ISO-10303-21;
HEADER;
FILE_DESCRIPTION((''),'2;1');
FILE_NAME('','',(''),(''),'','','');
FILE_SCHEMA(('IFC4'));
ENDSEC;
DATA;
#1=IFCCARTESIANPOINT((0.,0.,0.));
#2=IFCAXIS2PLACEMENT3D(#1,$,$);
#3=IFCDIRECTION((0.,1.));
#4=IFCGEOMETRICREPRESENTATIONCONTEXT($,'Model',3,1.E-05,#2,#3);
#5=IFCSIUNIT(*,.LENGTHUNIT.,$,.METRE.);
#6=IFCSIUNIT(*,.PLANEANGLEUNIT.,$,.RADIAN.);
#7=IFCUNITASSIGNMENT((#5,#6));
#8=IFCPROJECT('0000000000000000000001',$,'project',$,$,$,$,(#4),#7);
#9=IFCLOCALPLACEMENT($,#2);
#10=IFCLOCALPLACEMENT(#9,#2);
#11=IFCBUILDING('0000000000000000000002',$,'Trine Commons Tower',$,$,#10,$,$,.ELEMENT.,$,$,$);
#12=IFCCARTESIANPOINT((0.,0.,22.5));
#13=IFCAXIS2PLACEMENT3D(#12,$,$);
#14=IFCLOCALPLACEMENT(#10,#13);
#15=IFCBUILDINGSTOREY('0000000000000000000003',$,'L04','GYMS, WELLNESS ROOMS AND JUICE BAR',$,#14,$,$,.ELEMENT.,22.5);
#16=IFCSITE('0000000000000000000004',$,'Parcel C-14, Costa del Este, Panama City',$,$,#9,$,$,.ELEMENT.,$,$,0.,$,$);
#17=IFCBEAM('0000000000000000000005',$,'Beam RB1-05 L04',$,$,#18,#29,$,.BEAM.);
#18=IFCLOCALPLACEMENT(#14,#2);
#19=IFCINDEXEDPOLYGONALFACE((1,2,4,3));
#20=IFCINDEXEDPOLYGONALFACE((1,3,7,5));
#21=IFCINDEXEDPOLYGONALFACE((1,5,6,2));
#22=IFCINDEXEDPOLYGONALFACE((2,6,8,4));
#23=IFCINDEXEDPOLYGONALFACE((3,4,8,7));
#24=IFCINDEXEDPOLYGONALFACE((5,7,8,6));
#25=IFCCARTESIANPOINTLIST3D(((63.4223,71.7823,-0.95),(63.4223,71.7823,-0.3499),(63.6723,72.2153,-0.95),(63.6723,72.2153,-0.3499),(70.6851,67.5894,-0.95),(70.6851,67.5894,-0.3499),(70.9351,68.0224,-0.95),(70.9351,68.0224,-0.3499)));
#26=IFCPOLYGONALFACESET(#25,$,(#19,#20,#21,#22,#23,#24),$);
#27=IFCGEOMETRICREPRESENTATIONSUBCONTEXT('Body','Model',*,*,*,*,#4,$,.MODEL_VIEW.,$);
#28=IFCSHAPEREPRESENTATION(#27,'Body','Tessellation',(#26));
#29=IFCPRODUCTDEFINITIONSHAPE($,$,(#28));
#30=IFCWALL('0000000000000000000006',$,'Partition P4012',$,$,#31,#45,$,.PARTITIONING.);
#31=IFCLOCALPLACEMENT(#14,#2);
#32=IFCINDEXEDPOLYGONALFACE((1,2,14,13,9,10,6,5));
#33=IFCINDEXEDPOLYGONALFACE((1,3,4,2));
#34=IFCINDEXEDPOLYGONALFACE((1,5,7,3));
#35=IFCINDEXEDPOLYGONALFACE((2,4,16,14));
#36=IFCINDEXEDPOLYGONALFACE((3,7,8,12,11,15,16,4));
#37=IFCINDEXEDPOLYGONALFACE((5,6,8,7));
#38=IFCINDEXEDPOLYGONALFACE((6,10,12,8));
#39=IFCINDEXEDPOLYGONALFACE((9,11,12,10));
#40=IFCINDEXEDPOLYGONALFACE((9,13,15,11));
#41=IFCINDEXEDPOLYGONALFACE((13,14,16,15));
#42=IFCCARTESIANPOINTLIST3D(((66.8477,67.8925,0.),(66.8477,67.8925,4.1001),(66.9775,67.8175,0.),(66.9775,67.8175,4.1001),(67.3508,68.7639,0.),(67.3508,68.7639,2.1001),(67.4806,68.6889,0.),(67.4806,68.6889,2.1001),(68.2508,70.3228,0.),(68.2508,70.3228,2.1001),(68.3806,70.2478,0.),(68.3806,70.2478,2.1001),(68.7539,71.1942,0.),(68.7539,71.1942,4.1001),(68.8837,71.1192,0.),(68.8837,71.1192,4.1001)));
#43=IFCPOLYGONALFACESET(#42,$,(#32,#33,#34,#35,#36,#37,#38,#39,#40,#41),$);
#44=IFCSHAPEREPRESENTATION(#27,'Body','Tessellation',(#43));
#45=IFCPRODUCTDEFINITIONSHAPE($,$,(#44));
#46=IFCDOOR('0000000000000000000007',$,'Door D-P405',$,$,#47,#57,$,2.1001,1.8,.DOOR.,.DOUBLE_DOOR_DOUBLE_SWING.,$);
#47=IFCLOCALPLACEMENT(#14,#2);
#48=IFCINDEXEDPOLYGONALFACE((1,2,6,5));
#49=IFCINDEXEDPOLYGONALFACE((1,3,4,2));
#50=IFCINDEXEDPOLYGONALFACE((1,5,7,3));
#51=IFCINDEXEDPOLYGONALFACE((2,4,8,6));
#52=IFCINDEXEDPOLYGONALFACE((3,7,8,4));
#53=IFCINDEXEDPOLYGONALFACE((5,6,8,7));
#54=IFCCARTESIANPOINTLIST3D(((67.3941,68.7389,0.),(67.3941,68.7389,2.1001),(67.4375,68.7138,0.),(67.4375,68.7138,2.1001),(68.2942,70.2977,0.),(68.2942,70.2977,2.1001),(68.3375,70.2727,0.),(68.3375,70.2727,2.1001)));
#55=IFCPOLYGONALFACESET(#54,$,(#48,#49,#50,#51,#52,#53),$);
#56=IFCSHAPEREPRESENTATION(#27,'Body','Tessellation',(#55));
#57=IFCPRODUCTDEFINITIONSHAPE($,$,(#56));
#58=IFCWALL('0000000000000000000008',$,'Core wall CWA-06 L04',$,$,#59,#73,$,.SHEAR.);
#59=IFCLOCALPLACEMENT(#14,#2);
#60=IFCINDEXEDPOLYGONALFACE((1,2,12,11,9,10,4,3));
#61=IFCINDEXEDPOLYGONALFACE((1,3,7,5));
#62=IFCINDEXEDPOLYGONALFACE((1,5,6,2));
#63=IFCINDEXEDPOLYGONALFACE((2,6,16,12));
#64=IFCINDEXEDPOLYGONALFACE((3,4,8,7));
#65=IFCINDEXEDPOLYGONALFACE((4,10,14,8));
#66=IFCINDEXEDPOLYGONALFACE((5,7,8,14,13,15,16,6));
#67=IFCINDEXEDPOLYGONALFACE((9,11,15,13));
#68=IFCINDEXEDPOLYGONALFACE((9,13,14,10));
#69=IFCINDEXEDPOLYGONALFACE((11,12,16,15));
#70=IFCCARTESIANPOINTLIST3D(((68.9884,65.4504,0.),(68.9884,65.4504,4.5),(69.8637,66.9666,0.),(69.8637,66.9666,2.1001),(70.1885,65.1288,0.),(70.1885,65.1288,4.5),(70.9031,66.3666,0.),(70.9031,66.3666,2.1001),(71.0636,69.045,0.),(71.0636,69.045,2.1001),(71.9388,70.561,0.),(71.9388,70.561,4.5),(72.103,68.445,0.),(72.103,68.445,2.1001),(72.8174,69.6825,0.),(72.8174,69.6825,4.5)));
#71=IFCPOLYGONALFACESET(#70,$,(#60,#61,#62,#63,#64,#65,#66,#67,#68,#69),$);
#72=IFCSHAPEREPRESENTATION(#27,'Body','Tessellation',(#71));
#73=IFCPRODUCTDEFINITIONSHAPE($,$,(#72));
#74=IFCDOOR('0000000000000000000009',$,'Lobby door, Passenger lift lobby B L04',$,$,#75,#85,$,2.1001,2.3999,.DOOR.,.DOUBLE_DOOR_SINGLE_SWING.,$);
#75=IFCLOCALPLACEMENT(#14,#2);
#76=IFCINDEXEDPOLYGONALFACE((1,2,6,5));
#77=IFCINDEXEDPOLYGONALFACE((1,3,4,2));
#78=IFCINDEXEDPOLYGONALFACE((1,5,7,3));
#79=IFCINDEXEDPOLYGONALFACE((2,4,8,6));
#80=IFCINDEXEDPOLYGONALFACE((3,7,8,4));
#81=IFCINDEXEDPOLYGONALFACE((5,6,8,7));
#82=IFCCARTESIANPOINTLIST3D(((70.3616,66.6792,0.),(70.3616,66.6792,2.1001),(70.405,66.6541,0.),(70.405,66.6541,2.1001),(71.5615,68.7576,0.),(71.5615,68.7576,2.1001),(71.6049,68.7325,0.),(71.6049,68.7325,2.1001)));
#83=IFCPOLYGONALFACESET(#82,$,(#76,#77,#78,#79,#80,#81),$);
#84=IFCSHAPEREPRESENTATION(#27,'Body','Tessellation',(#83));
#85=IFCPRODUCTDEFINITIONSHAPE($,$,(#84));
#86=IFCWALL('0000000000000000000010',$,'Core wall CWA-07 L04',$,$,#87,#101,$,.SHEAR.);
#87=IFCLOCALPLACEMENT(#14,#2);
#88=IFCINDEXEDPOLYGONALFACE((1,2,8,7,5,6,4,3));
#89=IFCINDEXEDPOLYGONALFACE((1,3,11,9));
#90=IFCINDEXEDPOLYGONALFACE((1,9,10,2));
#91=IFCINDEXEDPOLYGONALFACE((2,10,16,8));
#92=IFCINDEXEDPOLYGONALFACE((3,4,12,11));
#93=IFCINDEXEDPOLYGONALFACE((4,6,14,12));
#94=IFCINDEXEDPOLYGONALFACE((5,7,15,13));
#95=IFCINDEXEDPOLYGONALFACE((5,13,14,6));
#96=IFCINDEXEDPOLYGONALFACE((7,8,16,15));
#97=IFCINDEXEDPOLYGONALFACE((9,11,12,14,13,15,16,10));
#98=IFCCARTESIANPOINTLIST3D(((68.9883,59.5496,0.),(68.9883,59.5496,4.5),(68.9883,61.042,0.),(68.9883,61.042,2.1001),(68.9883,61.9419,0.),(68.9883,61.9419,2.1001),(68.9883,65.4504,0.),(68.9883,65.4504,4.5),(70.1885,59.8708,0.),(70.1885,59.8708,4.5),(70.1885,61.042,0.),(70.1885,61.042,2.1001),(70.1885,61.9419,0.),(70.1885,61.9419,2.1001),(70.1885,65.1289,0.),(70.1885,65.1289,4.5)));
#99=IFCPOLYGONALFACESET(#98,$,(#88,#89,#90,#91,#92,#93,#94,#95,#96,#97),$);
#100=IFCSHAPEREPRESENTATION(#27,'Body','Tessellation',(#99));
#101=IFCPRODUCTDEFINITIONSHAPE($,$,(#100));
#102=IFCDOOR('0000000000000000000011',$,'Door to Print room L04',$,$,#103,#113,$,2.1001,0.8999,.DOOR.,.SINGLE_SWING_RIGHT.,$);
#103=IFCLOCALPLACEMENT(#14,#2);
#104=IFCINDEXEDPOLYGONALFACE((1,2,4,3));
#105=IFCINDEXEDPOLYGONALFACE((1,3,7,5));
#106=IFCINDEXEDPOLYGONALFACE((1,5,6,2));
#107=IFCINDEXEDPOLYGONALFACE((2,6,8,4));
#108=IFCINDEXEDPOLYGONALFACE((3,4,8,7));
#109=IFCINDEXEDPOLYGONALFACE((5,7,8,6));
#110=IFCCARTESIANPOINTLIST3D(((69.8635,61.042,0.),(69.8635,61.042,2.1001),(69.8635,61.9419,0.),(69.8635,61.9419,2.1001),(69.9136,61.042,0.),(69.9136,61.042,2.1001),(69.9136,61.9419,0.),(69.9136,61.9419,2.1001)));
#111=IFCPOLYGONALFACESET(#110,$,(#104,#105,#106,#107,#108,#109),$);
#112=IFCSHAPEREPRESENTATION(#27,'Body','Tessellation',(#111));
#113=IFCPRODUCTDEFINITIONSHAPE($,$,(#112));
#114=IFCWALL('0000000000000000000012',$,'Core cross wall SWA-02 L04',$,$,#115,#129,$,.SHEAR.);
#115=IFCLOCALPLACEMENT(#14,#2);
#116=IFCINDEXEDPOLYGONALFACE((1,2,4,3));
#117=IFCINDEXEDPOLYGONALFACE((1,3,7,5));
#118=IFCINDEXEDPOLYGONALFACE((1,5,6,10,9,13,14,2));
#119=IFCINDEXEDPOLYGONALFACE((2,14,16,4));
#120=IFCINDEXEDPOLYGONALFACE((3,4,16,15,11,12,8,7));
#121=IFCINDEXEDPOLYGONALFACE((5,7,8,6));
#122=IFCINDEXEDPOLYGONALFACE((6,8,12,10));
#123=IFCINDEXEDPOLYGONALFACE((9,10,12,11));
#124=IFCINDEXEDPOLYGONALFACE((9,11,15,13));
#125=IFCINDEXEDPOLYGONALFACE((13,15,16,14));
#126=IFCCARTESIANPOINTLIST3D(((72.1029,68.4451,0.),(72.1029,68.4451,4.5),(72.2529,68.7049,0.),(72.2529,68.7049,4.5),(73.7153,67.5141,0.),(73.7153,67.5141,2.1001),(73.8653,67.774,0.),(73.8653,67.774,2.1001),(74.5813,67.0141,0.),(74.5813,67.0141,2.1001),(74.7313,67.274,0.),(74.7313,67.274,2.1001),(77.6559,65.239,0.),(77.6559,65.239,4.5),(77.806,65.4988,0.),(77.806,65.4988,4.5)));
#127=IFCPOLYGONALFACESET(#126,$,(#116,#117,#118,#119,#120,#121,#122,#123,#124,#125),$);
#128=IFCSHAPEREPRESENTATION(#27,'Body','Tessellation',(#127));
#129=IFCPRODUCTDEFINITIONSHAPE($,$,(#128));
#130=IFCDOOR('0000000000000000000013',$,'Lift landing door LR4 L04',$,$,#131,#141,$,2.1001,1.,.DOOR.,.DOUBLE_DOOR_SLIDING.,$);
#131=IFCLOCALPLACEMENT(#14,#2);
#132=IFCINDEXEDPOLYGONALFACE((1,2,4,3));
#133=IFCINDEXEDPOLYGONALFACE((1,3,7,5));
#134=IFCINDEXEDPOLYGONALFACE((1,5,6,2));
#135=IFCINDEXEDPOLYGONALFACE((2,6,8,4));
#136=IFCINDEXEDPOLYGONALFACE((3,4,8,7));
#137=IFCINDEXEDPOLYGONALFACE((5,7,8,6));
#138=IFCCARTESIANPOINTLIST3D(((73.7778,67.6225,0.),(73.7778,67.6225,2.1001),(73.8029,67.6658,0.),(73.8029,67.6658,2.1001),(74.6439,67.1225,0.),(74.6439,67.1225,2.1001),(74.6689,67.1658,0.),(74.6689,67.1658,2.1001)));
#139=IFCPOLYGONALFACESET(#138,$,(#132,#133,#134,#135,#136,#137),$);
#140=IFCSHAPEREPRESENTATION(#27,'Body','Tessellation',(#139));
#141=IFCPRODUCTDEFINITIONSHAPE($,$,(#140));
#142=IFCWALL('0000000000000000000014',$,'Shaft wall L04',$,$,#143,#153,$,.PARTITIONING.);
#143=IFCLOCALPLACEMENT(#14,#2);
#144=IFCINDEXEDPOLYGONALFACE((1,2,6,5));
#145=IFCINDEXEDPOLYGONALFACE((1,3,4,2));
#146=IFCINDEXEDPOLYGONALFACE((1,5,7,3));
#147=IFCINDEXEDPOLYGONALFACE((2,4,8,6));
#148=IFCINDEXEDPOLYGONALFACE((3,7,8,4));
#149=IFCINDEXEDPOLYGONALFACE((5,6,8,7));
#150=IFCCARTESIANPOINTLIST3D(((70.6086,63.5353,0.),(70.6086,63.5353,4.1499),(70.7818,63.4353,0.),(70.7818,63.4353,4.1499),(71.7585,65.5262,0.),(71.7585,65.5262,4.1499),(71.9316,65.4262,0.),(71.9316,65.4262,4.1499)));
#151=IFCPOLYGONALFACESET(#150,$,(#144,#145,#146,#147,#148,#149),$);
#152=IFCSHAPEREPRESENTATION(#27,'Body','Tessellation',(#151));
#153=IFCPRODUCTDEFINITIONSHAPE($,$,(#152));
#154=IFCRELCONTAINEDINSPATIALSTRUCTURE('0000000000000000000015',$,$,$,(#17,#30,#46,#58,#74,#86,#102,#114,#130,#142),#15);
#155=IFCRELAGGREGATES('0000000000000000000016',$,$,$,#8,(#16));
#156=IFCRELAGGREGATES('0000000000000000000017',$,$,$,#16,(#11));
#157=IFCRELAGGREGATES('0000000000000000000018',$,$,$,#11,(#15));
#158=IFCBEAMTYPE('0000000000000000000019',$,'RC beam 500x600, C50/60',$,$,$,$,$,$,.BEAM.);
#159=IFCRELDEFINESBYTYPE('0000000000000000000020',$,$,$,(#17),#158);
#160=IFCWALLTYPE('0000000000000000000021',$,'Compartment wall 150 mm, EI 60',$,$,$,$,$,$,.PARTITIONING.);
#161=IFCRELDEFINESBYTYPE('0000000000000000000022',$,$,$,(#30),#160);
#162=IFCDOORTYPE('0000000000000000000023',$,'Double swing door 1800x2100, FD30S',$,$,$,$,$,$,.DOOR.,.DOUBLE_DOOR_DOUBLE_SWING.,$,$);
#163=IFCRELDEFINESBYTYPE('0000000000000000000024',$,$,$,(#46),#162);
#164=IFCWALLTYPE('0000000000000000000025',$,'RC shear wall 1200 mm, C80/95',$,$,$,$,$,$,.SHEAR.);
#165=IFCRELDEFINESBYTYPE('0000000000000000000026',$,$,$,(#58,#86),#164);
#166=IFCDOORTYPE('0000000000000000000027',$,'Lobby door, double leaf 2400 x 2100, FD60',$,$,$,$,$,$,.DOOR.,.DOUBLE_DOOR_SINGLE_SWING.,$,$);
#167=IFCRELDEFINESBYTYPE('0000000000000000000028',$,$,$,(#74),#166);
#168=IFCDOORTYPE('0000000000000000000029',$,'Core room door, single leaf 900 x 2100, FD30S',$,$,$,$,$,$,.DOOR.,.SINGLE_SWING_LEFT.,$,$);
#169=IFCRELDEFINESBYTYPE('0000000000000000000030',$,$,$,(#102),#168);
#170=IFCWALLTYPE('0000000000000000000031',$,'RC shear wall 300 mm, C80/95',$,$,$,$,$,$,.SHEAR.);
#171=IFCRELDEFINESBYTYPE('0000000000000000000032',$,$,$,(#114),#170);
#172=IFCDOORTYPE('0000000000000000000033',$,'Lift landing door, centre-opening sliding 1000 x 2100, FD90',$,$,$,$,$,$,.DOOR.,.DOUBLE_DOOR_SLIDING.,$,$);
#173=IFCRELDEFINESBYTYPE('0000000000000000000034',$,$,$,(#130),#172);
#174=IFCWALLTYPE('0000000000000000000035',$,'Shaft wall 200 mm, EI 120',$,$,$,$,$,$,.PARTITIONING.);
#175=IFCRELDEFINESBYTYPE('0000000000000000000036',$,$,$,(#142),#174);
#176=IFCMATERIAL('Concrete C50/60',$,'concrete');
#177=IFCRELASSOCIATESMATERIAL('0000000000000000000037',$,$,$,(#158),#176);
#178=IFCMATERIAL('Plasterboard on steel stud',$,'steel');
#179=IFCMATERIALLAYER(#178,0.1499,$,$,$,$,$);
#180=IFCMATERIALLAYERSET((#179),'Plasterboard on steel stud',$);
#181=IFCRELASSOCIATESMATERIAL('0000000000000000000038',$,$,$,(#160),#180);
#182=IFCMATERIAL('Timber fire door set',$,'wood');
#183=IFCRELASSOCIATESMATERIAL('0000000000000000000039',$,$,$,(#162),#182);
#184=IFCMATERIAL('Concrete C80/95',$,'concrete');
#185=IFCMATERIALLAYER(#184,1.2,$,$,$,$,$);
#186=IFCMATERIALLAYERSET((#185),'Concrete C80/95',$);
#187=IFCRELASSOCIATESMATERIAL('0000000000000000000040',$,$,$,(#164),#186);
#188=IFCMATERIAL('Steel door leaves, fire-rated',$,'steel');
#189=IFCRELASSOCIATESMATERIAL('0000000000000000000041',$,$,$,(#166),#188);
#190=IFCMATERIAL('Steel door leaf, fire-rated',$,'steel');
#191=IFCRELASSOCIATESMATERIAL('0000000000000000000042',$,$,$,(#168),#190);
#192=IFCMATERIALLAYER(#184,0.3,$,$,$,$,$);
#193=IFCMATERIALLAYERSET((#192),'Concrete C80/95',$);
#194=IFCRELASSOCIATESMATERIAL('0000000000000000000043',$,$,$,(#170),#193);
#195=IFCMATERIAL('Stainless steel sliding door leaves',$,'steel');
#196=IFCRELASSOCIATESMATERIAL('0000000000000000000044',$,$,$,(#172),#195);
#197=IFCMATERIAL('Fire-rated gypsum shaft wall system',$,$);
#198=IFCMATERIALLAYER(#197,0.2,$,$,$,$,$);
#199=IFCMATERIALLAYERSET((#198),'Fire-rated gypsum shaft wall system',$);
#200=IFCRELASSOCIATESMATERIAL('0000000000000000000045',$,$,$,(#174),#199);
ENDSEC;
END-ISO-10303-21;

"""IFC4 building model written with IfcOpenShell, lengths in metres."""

from ifc_helpers import new_model, si_unit, direction, frame, frame_2d, origin, origin_2d, place, context, subcontext, project, spatial, polyline, rectangle, outline, extrude, material, layer, layer_set, material_profile, profile_set, type_object, element, fill, save


model = new_model("IFC4")

# Units and contexts
model_context = context("Model", 3, precision=1e-05, world=origin(), true_north=direction((0.0, 1.0)))
body_context = subcontext(model_context, "Body", "Model", "MODEL_VIEW")
ifc_project = project(units=[si_unit("LENGTHUNIT", "METRE"), si_unit("PLANEANGLEUNIT", "RADIAN")], contexts=[model_context])

# Site, building, storey
site_placement = place(None, origin())
site = spatial("IfcSite", under=ifc_project, at=site_placement, Name="Parcel C-14, Costa del Este, Panama City", CompositionType="ELEMENT", RefElevation=0.0)
building_placement = place(site_placement, origin())
building = spatial("IfcBuilding", under=site, at=building_placement, Name="Trine Commons Tower", CompositionType="ELEMENT")
storey_placement = place(building_placement, frame((0.0, 0.0, 22.5)))
storey = spatial("IfcBuildingStorey", under=building, at=storey_placement, Name="L04", Description="GYMS, WELLNESS ROOMS AND JUICE BAR", CompositionType="ELEMENT", Elevation=22.5)

# Beam
ifc_material_1 = material(Name="Concrete C50/60", Category="concrete")
ifc_material_profile = material_profile(ifc_material_1, rectangle(XDim=0.5, YDim=0.6001, at=origin_2d()), Name="RC 500x600")
ifc_profile_set = profile_set([ifc_material_profile], Name="Concrete C50/60")
beam_type = type_object("IfcBeamType", Name="RC beam 500x600, C50/60", PredefinedType="BEAM", material=ifc_profile_set)
beam_placement = place(storey_placement, frame((70.8101, 67.8059, -0.6499), z_axis=(-0.866038, 0.499978, 0.0), x_axis=(-0.499978, -0.866038, 0.0)))
element("IfcBeam", 1, at=beam_placement, inside=storey, type_object=beam_type, Name="Beam RB1-05 L04", PredefinedType="BEAM", context=body_context, shape_type="SweptSolid", body=[
    extrude(rectangle(XDim=0.5, YDim=0.6001, at=origin_2d()), origin(), (0.0, 0.0, 1.0), 8.3862),
])

# Walls, openings, doors
ifc_material_2 = material(Name="Plasterboard on steel stud", Category="steel")
ifc_layer_1 = layer(ifc_material_2, 0.1499)
ifc_layer_set_1 = layer_set([ifc_layer_1], Name="Plasterboard on steel stud")
wall_type_1 = type_object("IfcWallType", Name="Compartment wall 150 mm, EI 60", PredefinedType="PARTITIONING", material=ifc_layer_set_1)
wall_1_placement = place(storey_placement, frame((66.9126, 67.855, 0.0), z_axis=(0.0, 0.0, 1.0), x_axis=(0.499996, 0.866028, 0.0)))
wall_1 = element("IfcWall", 2, at=wall_1_placement, inside=storey, type_object=wall_type_1, Name="Partition P4012", PredefinedType="PARTITIONING", context=body_context, shape_type="SweptSolid", body=[
    extrude(rectangle(XDim=3.8125, YDim=0.1499, at=frame_2d((1.9062, 0.0))), origin(), (0.0, 0.0, 1.0), 4.1001),
])
opening_1_placement = place(wall_1_placement, frame((1.0063, 0.0, 0.0)))
opening_1 = element("IfcOpeningElement", 3, at=opening_1_placement, cuts=wall_1, PredefinedType="OPENING", context=body_context, shape_type="SweptSolid", body=[
    extrude(rectangle(XDim=1.8, YDim=2.1001, at=frame_2d((0.8999, 1.05))), frame((0.0, 0.085, 0.0), z_axis=(0.0, -1.0, 0.0), x_axis=(1.0, 0.0, 0.0)), (0.0, 0.0, 1.0), 0.1699),
])
ifc_material_3 = material(Name="Timber fire door set", Category="wood")
door_type_1 = type_object("IfcDoorType", Name="Double swing door 1800x2100, FD30S", OperationType="DOUBLE_DOOR_DOUBLE_SWING", PredefinedType="DOOR", material=ifc_material_3)
door_1_placement = place(opening_1_placement, origin())
door_1 = element("IfcDoor", 4, at=door_1_placement, inside=storey, type_object=door_type_1, Name="Door D-P405", OperationType="DOUBLE_DOOR_DOUBLE_SWING", OverallHeight=2.1001, OverallWidth=1.8, PredefinedType="DOOR", context=body_context, shape_type="SweptSolid", body=[
    extrude(rectangle(XDim=1.8, YDim=2.1001, at=frame_2d((0.8999, 1.05))), frame((0.0, 0.0249, 0.0), z_axis=(0.0, -1.0, 0.0), x_axis=(1.0, 0.0, 0.0)), (0.0, 0.0, 1.0), 0.05),
])
fill(opening_1, door_1)
ifc_material_4 = material(Name="Concrete C80/95", Category="concrete")
ifc_layer_2 = layer(ifc_material_4, 1.2)
ifc_layer_set_2 = layer_set([ifc_layer_2], Name="Concrete C80/95")
wall_type_2 = type_object("IfcWallType", Name="RC shear wall 1200 mm, C80/95", PredefinedType="SHEAR", material=ifc_layer_set_2)
wall_2_placement = place(storey_placement, frame((72.4585, 70.261, 0.0), z_axis=(0.0, 0.0, 1.0), x_axis=(-0.499979, -0.866037, 0.0)))
wall_2 = element("IfcWall", 5, at=wall_2_placement, inside=storey, type_object=wall_type_2, Name="Core wall CWA-06 L04", PredefinedType="SHEAR", context=body_context, shape_type="SweptSolid", body=[
    extrude(outline(polyline([(0.0, -0.6001), (5.9011, -0.6001), (5.5796, 0.6001), (0.3215, 0.6001), (0.0, -0.6001)])), origin(), (0.0, 0.0, 1.0), 4.5),
])
opening_2_placement = place(wall_2_placement, frame((1.7505, 0.0, 0.0)))
opening_2 = element("IfcOpeningElement", 6, at=opening_2_placement, cuts=wall_2, PredefinedType="OPENING", context=body_context, shape_type="SweptSolid", body=[
    extrude(rectangle(XDim=2.3999, YDim=2.1001, at=frame_2d((1.2, 1.05))), frame((0.0, 0.6099, 0.0), z_axis=(0.0, -1.0, 0.0), x_axis=(1.0, 0.0, 0.0)), (0.0, 0.0, 1.0), 1.22),
])
ifc_material_5 = material(Name="Steel door leaves, fire-rated", Category="steel")
door_type_2 = type_object("IfcDoorType", Name="Lobby door, double leaf 2400 x 2100, FD60", OperationType="DOUBLE_DOOR_SINGLE_SWING", PredefinedType="DOOR", material=ifc_material_5)
door_2_placement = place(opening_2_placement, origin())
door_2 = element("IfcDoor", 7, at=door_2_placement, inside=storey, type_object=door_type_2, Name="Lobby door, Passenger lift lobby B L04", OperationType="DOUBLE_DOOR_SINGLE_SWING", OverallHeight=2.1001, OverallWidth=2.3999, PredefinedType="DOOR", context=body_context, shape_type="SweptSolid", body=[
    extrude(rectangle(XDim=2.3999, YDim=2.1001, at=frame_2d((1.2, 1.05))), frame((0.0, 0.0249, 0.0), z_axis=(0.0, -1.0, 0.0), x_axis=(1.0, 0.0, 0.0)), (0.0, 0.0, 1.0), 0.05),
])
fill(opening_2, door_2)
wall_3_placement = place(storey_placement, frame((69.5884, 65.4504, 0.0), z_axis=(0.0, 0.0, 1.0), x_axis=(0.0, -1.0, 0.0)))
wall_3 = element("IfcWall", 8, at=wall_3_placement, inside=storey, type_object=wall_type_2, Name="Core wall CWA-07 L04", PredefinedType="SHEAR", context=body_context, shape_type="SweptSolid", body=[
    extrude(outline(polyline([(0.0, -0.6001), (5.9009, -0.6001), (5.5796, 0.6001), (0.3215, 0.6001), (0.0, -0.6001)])), origin(), (0.0, 0.0, 1.0), 4.5),
])
opening_3_placement = place(wall_3_placement, frame((3.5085, 0.0, 0.0)))
opening_3 = element("IfcOpeningElement", 9, at=opening_3_placement, cuts=wall_3, PredefinedType="OPENING", context=body_context, shape_type="SweptSolid", body=[
    extrude(rectangle(XDim=0.8999, YDim=2.1001, at=frame_2d((0.45, 1.05))), frame((0.0, 0.6099, 0.0), z_axis=(0.0, -1.0, 0.0), x_axis=(1.0, 0.0, 0.0)), (0.0, 0.0, 1.0), 1.22),
])
ifc_material_6 = material(Name="Steel door leaf, fire-rated", Category="steel")
door_type_3 = type_object("IfcDoorType", Name="Core room door, single leaf 900 x 2100, FD30S", OperationType="SINGLE_SWING_LEFT", PredefinedType="DOOR", material=ifc_material_6)
door_3_placement = place(opening_3_placement, origin())
door_3 = element("IfcDoor", 10, at=door_3_placement, inside=storey, type_object=door_type_3, Name="Door to Print room L04", OperationType="SINGLE_SWING_RIGHT", OverallHeight=2.1001, OverallWidth=0.8999, PredefinedType="DOOR", context=body_context, shape_type="SweptSolid", body=[
    extrude(rectangle(XDim=0.8999, YDim=2.1001, at=frame_2d((0.45, 1.05))), frame((0.0, 0.3252, 0.0), z_axis=(0.0, -1.0, 0.0), x_axis=(1.0, 0.0, 0.0)), (0.0, 0.0, 1.0), 0.05),
])
fill(opening_3, door_3)
ifc_layer_3 = layer(ifc_material_4, 0.3)
ifc_layer_set_3 = layer_set([ifc_layer_3], Name="Concrete C80/95")
wall_type_3 = type_object("IfcWallType", Name="RC shear wall 300 mm, C80/95", PredefinedType="SHEAR", material=ifc_layer_set_3)
wall_4_placement = place(storey_placement, frame((77.731, 65.3689, 0.0), z_axis=(0.0, 0.0, 1.0), x_axis=(-0.866023, 0.500005, 0.0)))
wall_4 = element("IfcWall", 11, at=wall_4_placement, inside=storey, type_object=wall_type_3, Name="Core cross wall SWA-02 L04", PredefinedType="SHEAR", context=body_context, shape_type="SweptSolid", body=[
    extrude(rectangle(XDim=6.4121, YDim=0.3, at=frame_2d((3.2061, 0.0))), origin(), (0.0, 0.0, 1.0), 4.5),
])
opening_4_placement = place(wall_4_placement, frame((3.5503, 0.0, 0.0)))
opening_4 = element("IfcOpeningElement", 12, at=opening_4_placement, cuts=wall_4, PredefinedType="OPENING", context=body_context, shape_type="SweptSolid", body=[
    extrude(rectangle(XDim=1.0, YDim=2.1001, at=frame_2d((0.5, 1.05))), frame((0.0, 0.1599, 0.0), z_axis=(0.0, -1.0, 0.0), x_axis=(1.0, 0.0, 0.0)), (0.0, 0.0, 1.0), 0.3201),
])
ifc_material_7 = material(Name="Stainless steel sliding door leaves", Category="steel")
door_type_4 = type_object("IfcDoorType", Name="Lift landing door, centre-opening sliding 1000 x 2100, FD90", OperationType="DOUBLE_DOOR_SLIDING", PredefinedType="DOOR", material=ifc_material_7)
door_4_placement = place(opening_4_placement, origin())
door_4 = element("IfcDoor", 13, at=door_4_placement, inside=storey, type_object=door_type_4, Name="Lift landing door LR4 L04", OperationType="DOUBLE_DOOR_SLIDING", OverallHeight=2.1001, OverallWidth=1.0, PredefinedType="DOOR", context=body_context, shape_type="SweptSolid", body=[
    extrude(rectangle(XDim=1.0, YDim=2.1001, at=frame_2d((0.5, 1.05))), frame((0.0, 0.0249, 0.0), z_axis=(0.0, -1.0, 0.0), x_axis=(1.0, 0.0, 0.0)), (0.0, 0.0, 1.0), 0.05),
])
fill(opening_4, door_4)

# Wall
ifc_material_8 = material(Name="Fire-rated gypsum shaft wall system")
ifc_layer_4 = layer(ifc_material_8, 0.2)
ifc_layer_set_4 = layer_set([ifc_layer_4], Name="Fire-rated gypsum shaft wall system")
wall_type_4 = type_object("IfcWallType", Name="Shaft wall 200 mm, EI 120", PredefinedType="PARTITIONING", material=ifc_layer_set_4)
wall_5_placement = place(storey_placement, frame((71.845, 65.4761, 0.0), z_axis=(0.0, 0.0, 1.0), x_axis=(-0.500136, -0.865947, 0.0)))
element("IfcWall", 14, at=wall_5_placement, inside=storey, type_object=wall_type_4, Name="Shaft wall L04", PredefinedType="PARTITIONING", context=body_context, shape_type="SweptSolid", body=[
    extrude(rectangle(XDim=2.2991, YDim=0.2, at=frame_2d((1.1494, 0.0))), origin(), (0.0, 0.0, 1.0), 4.1499),
])

save(model, "model.ifc")
